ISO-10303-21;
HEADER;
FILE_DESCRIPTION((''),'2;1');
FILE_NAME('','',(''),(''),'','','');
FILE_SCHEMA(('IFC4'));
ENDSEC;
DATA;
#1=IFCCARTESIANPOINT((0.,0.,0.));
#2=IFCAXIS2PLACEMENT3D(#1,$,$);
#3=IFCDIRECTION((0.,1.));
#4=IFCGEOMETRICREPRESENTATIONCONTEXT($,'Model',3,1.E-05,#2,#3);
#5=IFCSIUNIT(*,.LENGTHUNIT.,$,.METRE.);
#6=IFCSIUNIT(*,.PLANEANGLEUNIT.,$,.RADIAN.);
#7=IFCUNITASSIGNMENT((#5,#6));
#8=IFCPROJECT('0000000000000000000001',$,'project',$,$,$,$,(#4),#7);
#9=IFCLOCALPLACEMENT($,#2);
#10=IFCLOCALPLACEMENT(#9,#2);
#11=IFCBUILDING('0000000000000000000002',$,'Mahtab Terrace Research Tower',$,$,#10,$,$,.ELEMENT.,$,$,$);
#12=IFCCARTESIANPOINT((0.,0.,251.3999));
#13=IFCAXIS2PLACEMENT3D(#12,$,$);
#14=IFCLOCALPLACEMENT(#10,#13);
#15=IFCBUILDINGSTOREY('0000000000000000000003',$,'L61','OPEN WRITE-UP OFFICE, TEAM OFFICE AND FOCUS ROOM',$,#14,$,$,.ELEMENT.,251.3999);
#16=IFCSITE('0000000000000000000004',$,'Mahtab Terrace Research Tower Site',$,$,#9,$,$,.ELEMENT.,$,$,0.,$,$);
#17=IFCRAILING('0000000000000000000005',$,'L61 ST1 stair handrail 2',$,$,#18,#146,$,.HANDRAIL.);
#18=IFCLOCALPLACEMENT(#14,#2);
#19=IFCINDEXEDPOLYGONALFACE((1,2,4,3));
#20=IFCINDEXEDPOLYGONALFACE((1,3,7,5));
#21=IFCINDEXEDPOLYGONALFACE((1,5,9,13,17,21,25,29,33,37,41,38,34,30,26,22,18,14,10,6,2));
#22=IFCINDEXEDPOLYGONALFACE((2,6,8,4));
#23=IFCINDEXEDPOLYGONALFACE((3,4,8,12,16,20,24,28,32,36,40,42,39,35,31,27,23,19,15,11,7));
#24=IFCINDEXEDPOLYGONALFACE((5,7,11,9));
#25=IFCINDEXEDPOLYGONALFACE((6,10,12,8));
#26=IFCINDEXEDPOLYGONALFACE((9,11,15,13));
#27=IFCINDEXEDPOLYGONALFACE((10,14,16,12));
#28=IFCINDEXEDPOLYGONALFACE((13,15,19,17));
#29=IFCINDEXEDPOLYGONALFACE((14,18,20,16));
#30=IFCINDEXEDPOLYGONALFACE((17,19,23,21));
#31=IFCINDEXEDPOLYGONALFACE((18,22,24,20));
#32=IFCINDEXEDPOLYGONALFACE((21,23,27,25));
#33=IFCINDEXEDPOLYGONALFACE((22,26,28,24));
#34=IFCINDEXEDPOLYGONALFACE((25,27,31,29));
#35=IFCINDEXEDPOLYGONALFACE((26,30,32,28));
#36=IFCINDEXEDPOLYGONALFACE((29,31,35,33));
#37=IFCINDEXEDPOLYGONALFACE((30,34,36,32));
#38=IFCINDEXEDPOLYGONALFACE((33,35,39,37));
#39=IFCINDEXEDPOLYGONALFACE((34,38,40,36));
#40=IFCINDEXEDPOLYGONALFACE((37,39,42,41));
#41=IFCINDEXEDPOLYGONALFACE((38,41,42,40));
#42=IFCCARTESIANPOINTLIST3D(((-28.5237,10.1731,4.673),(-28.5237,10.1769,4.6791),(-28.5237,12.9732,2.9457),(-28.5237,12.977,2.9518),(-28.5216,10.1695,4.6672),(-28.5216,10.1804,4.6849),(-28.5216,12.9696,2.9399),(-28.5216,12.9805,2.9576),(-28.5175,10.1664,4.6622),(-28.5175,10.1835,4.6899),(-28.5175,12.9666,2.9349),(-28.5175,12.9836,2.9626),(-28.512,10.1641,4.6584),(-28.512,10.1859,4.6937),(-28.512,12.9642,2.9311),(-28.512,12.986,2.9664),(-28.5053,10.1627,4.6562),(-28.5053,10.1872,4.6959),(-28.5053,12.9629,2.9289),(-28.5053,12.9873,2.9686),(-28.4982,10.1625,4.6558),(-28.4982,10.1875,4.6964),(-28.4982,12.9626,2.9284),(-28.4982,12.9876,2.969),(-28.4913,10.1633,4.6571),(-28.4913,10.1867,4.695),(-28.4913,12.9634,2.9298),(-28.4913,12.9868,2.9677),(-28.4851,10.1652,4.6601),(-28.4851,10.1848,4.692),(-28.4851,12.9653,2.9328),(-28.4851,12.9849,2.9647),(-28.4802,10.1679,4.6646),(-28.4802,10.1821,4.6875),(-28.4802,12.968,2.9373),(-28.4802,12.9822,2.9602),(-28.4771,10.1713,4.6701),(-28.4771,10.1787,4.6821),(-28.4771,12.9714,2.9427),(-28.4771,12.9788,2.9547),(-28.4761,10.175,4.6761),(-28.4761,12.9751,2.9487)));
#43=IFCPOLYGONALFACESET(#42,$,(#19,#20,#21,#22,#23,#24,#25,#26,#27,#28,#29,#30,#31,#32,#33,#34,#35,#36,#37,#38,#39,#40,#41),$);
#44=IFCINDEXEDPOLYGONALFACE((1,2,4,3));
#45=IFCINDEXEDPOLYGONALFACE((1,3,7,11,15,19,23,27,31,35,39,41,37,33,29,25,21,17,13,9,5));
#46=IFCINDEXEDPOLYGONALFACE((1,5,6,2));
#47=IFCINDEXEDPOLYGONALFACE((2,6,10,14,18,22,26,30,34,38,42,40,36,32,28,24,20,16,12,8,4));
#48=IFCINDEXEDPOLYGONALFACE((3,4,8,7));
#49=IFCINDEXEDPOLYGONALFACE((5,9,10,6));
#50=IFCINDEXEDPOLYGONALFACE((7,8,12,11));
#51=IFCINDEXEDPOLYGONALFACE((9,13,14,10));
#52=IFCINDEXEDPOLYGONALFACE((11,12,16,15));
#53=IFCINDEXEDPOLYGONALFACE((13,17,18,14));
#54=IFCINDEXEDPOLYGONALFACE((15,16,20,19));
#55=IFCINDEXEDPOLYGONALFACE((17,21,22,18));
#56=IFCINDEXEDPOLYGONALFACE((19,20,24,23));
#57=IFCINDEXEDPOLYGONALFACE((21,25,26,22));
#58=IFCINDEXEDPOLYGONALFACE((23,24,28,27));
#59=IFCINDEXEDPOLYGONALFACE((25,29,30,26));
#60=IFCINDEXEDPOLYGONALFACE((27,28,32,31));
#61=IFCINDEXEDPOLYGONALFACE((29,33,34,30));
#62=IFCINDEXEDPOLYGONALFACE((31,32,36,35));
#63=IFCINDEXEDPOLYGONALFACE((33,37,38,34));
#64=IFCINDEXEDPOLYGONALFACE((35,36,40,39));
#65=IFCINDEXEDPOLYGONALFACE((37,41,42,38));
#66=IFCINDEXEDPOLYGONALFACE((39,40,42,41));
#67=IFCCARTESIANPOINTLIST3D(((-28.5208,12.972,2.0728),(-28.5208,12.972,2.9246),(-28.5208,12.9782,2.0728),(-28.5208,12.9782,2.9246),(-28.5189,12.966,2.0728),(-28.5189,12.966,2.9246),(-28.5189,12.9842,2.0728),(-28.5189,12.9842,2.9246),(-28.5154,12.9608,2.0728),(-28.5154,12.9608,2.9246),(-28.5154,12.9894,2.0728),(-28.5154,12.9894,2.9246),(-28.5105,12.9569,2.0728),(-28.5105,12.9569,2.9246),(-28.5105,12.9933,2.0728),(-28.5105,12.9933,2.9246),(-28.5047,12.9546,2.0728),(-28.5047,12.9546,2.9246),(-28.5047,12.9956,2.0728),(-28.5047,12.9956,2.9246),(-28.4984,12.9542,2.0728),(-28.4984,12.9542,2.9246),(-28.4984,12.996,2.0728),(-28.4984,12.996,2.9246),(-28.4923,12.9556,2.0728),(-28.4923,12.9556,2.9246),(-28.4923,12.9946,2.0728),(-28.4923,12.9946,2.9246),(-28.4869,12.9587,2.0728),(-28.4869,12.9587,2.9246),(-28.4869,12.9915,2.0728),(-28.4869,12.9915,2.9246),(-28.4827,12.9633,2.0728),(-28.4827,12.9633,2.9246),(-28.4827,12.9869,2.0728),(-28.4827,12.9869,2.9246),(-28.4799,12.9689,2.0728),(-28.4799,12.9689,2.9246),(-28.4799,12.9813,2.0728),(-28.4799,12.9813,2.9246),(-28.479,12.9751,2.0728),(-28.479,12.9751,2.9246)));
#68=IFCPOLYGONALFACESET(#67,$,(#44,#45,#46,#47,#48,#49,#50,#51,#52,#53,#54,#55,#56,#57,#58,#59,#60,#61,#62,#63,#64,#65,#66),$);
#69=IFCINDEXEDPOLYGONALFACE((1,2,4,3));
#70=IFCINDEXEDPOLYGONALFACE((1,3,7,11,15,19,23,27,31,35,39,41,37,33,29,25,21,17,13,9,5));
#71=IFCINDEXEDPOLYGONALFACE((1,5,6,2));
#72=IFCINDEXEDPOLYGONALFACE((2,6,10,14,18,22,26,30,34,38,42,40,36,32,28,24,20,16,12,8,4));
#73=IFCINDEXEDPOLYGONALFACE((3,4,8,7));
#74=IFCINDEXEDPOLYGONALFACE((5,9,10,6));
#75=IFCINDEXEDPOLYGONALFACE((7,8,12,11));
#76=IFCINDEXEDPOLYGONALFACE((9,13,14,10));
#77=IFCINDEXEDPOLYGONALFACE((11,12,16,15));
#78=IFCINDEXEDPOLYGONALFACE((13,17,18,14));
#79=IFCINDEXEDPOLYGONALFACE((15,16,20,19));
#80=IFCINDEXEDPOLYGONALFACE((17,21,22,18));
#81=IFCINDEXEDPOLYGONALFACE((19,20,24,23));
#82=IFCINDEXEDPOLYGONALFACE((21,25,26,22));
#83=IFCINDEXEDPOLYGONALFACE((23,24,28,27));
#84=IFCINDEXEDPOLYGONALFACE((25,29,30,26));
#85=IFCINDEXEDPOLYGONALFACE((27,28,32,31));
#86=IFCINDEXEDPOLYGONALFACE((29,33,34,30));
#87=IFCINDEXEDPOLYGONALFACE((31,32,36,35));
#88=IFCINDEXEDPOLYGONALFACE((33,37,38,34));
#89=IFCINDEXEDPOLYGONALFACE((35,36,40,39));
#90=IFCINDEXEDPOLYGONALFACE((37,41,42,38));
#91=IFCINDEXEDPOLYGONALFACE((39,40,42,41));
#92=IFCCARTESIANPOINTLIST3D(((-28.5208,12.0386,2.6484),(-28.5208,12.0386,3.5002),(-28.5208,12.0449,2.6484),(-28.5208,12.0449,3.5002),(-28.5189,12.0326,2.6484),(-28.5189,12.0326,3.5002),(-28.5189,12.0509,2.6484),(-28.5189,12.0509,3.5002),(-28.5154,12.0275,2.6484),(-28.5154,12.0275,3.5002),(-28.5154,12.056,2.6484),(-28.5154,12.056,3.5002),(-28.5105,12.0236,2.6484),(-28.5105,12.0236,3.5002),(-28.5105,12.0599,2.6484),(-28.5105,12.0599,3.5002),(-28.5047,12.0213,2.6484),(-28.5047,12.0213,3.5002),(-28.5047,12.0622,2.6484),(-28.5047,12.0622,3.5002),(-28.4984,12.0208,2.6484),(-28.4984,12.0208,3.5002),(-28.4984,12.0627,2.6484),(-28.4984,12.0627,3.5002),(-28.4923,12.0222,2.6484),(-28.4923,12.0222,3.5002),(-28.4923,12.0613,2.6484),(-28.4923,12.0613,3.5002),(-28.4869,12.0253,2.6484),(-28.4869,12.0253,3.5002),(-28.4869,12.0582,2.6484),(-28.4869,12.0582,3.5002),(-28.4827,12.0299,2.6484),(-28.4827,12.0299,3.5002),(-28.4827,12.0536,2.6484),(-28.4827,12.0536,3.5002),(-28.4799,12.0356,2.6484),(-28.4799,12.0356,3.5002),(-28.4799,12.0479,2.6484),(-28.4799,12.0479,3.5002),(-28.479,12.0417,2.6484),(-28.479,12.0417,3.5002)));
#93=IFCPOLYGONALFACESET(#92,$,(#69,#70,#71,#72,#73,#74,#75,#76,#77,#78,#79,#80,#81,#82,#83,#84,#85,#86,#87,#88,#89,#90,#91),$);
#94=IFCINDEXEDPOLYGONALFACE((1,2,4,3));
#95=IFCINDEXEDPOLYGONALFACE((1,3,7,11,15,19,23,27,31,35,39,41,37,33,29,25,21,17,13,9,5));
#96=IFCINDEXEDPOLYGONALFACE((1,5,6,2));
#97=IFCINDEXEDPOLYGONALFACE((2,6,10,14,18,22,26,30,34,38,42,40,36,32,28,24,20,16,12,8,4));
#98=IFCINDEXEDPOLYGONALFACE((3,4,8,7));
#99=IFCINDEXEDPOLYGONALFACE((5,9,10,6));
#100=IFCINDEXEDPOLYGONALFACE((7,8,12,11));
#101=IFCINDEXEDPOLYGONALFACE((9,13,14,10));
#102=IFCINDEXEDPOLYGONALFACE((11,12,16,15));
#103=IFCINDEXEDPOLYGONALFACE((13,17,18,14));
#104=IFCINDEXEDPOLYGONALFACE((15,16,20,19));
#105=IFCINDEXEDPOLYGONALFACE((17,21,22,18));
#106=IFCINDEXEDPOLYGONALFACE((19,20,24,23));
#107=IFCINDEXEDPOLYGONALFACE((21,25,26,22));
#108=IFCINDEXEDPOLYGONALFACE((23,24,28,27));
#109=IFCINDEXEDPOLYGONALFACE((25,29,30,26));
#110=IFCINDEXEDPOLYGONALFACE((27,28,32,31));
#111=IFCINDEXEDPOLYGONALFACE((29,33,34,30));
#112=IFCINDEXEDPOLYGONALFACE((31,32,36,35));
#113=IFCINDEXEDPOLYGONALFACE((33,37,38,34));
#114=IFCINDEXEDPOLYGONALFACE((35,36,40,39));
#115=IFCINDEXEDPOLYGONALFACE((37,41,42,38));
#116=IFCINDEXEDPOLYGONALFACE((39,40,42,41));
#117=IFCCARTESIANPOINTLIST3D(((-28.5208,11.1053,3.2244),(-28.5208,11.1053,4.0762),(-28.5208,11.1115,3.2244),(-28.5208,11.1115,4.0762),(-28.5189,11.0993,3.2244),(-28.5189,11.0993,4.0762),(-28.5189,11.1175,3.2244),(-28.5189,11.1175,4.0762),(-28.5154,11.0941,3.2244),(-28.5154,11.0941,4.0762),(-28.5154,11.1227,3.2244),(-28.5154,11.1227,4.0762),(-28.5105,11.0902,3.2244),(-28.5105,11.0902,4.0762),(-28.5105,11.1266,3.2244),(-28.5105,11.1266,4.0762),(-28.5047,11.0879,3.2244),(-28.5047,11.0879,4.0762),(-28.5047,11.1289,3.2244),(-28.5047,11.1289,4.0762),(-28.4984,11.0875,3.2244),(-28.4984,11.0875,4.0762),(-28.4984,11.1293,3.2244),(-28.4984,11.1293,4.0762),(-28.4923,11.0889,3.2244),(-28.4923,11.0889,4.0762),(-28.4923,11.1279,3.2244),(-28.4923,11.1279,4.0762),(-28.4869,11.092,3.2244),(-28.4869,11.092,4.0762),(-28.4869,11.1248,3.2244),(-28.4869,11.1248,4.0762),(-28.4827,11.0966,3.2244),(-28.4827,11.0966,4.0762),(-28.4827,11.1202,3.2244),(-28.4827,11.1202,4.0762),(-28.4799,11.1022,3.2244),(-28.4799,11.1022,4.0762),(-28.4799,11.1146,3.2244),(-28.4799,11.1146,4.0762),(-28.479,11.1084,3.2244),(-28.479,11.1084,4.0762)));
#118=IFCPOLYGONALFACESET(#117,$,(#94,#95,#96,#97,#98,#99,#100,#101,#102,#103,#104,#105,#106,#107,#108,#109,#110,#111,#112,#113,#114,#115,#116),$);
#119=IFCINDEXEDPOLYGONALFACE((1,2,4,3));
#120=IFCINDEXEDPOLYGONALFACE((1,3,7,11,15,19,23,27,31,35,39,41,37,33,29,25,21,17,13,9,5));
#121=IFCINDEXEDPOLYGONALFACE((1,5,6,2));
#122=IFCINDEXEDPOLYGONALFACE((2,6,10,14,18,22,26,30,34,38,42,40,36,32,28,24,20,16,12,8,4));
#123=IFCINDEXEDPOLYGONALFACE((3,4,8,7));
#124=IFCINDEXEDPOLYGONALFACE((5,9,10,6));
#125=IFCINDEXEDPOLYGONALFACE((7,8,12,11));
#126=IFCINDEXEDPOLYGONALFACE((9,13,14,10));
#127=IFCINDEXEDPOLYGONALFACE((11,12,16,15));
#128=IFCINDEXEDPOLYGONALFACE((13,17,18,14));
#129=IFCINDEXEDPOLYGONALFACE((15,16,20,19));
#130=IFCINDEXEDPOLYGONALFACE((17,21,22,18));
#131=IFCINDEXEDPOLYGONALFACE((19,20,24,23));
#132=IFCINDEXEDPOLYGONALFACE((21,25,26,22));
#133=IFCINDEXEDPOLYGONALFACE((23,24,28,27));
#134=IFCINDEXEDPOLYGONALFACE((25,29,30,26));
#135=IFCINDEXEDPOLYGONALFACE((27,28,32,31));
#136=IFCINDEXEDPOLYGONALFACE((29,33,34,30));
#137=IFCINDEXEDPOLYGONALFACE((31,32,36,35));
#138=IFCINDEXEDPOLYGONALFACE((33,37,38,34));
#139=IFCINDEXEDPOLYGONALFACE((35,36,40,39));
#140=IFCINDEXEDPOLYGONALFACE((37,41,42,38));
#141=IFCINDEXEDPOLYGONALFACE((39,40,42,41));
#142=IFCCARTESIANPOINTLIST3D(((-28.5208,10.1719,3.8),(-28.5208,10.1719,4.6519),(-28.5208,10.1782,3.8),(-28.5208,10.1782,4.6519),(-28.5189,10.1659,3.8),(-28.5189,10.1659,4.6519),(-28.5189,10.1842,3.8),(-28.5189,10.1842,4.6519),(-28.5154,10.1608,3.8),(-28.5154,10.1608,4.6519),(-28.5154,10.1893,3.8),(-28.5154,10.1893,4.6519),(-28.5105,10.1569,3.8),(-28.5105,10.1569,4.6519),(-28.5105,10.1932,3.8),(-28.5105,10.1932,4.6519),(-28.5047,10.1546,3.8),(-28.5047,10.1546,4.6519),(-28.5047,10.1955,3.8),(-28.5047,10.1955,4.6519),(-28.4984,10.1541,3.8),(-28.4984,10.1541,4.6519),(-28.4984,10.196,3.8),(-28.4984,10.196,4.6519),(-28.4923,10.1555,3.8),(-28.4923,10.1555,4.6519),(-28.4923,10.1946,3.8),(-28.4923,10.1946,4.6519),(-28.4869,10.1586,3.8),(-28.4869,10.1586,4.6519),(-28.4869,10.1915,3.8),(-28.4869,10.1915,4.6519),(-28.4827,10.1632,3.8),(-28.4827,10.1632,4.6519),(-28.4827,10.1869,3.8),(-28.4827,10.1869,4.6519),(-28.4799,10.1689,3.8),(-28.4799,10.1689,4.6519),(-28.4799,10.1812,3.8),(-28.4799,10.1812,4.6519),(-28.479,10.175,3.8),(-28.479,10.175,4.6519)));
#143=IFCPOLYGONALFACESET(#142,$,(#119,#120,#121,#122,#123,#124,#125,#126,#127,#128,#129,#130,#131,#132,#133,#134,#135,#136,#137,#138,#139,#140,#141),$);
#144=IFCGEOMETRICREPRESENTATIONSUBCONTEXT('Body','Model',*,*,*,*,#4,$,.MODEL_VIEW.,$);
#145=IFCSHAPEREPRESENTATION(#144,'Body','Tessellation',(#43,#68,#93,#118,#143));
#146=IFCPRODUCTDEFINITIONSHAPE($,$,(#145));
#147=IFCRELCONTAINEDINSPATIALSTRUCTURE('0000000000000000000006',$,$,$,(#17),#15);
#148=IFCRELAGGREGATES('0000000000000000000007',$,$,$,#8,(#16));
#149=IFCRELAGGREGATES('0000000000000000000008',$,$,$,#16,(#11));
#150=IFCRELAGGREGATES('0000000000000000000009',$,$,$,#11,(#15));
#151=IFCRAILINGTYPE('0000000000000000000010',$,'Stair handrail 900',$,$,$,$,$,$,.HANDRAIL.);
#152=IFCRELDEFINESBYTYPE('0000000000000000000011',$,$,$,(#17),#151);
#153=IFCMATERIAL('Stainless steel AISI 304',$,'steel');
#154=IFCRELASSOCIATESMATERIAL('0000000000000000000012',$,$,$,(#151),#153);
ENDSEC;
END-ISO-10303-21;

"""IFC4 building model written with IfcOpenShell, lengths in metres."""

from ifc_helpers import new_model, si_unit, direction, frame, origin, origin_2d, place, context, subcontext, project, spatial, circle, extrude, material, type_object, element, save


model = new_model("IFC4")

# Units and contexts
model_context = context("Model", 3, precision=1e-05, world=origin(), true_north=direction((0.0, 1.0)))
body_context = subcontext(model_context, "Body", "Model", "MODEL_VIEW")
ifc_project = project(units=[si_unit("LENGTHUNIT", "METRE"), si_unit("PLANEANGLEUNIT", "RADIAN")], contexts=[model_context])

# Site, building, storey
site_placement = place(None, origin())
site = spatial("IfcSite", under=ifc_project, at=site_placement, Name="Mahtab Terrace Research Tower Site", CompositionType="ELEMENT", RefElevation=0.0)
building_placement = place(site_placement, origin())
building = spatial("IfcBuilding", under=site, at=building_placement, Name="Mahtab Terrace Research Tower", CompositionType="ELEMENT")
storey_placement = place(building_placement, frame((0.0, 0.0, 251.3999)))
storey = spatial("IfcBuildingStorey", under=building, at=storey_placement, Name="L61", Description="OPEN WRITE-UP OFFICE, TEAM OFFICE AND FOCUS ROOM", CompositionType="ELEMENT", Elevation=251.3999)

# Railing
ifc_material_1 = material(Name="Stainless steel AISI 304", Category="steel")
railing_type_1 = type_object("IfcRailingType", Name="Stair handrail 900", PredefinedType="HANDRAIL", material=ifc_material_1)
railing_1_placement = place(storey_placement, frame((-28.5, 12.9751, 2.0728)))
element("IfcRailing", 1, at=railing_1_placement, inside=storey, type_object=railing_type_1, Name="L61 ST1 stair handrail 2", PredefinedType="HANDRAIL", context=body_context, shape_type="SweptSolid", body=[
    extrude(circle(Radius=0.0239, at=origin_2d()), frame((0.0, 0.0, 0.876), z_axis=(0.0, -0.85109, 0.52502), x_axis=(1.0, 0.0, 0.0)), (0.0, 0.0, 1.0), 3.29),
    extrude(circle(Radius=0.021, at=origin_2d()), origin(), (0.0, 0.0, 1.0), 0.8518),
    extrude(circle(Radius=0.021, at=origin_2d()), frame((0.0, -0.9333, 0.5757)), (0.0, 0.0, 1.0), 0.8518),
    extrude(circle(Radius=0.021, at=origin_2d()), frame((0.0, -1.8667, 1.1516)), (0.0, 0.0, 1.0), 0.8518),
    extrude(circle(Radius=0.021, at=origin_2d()), frame((0.0, -2.8, 1.7273)), (0.0, 0.0, 1.0), 0.8518),
])

save(model, "model.ifc")
